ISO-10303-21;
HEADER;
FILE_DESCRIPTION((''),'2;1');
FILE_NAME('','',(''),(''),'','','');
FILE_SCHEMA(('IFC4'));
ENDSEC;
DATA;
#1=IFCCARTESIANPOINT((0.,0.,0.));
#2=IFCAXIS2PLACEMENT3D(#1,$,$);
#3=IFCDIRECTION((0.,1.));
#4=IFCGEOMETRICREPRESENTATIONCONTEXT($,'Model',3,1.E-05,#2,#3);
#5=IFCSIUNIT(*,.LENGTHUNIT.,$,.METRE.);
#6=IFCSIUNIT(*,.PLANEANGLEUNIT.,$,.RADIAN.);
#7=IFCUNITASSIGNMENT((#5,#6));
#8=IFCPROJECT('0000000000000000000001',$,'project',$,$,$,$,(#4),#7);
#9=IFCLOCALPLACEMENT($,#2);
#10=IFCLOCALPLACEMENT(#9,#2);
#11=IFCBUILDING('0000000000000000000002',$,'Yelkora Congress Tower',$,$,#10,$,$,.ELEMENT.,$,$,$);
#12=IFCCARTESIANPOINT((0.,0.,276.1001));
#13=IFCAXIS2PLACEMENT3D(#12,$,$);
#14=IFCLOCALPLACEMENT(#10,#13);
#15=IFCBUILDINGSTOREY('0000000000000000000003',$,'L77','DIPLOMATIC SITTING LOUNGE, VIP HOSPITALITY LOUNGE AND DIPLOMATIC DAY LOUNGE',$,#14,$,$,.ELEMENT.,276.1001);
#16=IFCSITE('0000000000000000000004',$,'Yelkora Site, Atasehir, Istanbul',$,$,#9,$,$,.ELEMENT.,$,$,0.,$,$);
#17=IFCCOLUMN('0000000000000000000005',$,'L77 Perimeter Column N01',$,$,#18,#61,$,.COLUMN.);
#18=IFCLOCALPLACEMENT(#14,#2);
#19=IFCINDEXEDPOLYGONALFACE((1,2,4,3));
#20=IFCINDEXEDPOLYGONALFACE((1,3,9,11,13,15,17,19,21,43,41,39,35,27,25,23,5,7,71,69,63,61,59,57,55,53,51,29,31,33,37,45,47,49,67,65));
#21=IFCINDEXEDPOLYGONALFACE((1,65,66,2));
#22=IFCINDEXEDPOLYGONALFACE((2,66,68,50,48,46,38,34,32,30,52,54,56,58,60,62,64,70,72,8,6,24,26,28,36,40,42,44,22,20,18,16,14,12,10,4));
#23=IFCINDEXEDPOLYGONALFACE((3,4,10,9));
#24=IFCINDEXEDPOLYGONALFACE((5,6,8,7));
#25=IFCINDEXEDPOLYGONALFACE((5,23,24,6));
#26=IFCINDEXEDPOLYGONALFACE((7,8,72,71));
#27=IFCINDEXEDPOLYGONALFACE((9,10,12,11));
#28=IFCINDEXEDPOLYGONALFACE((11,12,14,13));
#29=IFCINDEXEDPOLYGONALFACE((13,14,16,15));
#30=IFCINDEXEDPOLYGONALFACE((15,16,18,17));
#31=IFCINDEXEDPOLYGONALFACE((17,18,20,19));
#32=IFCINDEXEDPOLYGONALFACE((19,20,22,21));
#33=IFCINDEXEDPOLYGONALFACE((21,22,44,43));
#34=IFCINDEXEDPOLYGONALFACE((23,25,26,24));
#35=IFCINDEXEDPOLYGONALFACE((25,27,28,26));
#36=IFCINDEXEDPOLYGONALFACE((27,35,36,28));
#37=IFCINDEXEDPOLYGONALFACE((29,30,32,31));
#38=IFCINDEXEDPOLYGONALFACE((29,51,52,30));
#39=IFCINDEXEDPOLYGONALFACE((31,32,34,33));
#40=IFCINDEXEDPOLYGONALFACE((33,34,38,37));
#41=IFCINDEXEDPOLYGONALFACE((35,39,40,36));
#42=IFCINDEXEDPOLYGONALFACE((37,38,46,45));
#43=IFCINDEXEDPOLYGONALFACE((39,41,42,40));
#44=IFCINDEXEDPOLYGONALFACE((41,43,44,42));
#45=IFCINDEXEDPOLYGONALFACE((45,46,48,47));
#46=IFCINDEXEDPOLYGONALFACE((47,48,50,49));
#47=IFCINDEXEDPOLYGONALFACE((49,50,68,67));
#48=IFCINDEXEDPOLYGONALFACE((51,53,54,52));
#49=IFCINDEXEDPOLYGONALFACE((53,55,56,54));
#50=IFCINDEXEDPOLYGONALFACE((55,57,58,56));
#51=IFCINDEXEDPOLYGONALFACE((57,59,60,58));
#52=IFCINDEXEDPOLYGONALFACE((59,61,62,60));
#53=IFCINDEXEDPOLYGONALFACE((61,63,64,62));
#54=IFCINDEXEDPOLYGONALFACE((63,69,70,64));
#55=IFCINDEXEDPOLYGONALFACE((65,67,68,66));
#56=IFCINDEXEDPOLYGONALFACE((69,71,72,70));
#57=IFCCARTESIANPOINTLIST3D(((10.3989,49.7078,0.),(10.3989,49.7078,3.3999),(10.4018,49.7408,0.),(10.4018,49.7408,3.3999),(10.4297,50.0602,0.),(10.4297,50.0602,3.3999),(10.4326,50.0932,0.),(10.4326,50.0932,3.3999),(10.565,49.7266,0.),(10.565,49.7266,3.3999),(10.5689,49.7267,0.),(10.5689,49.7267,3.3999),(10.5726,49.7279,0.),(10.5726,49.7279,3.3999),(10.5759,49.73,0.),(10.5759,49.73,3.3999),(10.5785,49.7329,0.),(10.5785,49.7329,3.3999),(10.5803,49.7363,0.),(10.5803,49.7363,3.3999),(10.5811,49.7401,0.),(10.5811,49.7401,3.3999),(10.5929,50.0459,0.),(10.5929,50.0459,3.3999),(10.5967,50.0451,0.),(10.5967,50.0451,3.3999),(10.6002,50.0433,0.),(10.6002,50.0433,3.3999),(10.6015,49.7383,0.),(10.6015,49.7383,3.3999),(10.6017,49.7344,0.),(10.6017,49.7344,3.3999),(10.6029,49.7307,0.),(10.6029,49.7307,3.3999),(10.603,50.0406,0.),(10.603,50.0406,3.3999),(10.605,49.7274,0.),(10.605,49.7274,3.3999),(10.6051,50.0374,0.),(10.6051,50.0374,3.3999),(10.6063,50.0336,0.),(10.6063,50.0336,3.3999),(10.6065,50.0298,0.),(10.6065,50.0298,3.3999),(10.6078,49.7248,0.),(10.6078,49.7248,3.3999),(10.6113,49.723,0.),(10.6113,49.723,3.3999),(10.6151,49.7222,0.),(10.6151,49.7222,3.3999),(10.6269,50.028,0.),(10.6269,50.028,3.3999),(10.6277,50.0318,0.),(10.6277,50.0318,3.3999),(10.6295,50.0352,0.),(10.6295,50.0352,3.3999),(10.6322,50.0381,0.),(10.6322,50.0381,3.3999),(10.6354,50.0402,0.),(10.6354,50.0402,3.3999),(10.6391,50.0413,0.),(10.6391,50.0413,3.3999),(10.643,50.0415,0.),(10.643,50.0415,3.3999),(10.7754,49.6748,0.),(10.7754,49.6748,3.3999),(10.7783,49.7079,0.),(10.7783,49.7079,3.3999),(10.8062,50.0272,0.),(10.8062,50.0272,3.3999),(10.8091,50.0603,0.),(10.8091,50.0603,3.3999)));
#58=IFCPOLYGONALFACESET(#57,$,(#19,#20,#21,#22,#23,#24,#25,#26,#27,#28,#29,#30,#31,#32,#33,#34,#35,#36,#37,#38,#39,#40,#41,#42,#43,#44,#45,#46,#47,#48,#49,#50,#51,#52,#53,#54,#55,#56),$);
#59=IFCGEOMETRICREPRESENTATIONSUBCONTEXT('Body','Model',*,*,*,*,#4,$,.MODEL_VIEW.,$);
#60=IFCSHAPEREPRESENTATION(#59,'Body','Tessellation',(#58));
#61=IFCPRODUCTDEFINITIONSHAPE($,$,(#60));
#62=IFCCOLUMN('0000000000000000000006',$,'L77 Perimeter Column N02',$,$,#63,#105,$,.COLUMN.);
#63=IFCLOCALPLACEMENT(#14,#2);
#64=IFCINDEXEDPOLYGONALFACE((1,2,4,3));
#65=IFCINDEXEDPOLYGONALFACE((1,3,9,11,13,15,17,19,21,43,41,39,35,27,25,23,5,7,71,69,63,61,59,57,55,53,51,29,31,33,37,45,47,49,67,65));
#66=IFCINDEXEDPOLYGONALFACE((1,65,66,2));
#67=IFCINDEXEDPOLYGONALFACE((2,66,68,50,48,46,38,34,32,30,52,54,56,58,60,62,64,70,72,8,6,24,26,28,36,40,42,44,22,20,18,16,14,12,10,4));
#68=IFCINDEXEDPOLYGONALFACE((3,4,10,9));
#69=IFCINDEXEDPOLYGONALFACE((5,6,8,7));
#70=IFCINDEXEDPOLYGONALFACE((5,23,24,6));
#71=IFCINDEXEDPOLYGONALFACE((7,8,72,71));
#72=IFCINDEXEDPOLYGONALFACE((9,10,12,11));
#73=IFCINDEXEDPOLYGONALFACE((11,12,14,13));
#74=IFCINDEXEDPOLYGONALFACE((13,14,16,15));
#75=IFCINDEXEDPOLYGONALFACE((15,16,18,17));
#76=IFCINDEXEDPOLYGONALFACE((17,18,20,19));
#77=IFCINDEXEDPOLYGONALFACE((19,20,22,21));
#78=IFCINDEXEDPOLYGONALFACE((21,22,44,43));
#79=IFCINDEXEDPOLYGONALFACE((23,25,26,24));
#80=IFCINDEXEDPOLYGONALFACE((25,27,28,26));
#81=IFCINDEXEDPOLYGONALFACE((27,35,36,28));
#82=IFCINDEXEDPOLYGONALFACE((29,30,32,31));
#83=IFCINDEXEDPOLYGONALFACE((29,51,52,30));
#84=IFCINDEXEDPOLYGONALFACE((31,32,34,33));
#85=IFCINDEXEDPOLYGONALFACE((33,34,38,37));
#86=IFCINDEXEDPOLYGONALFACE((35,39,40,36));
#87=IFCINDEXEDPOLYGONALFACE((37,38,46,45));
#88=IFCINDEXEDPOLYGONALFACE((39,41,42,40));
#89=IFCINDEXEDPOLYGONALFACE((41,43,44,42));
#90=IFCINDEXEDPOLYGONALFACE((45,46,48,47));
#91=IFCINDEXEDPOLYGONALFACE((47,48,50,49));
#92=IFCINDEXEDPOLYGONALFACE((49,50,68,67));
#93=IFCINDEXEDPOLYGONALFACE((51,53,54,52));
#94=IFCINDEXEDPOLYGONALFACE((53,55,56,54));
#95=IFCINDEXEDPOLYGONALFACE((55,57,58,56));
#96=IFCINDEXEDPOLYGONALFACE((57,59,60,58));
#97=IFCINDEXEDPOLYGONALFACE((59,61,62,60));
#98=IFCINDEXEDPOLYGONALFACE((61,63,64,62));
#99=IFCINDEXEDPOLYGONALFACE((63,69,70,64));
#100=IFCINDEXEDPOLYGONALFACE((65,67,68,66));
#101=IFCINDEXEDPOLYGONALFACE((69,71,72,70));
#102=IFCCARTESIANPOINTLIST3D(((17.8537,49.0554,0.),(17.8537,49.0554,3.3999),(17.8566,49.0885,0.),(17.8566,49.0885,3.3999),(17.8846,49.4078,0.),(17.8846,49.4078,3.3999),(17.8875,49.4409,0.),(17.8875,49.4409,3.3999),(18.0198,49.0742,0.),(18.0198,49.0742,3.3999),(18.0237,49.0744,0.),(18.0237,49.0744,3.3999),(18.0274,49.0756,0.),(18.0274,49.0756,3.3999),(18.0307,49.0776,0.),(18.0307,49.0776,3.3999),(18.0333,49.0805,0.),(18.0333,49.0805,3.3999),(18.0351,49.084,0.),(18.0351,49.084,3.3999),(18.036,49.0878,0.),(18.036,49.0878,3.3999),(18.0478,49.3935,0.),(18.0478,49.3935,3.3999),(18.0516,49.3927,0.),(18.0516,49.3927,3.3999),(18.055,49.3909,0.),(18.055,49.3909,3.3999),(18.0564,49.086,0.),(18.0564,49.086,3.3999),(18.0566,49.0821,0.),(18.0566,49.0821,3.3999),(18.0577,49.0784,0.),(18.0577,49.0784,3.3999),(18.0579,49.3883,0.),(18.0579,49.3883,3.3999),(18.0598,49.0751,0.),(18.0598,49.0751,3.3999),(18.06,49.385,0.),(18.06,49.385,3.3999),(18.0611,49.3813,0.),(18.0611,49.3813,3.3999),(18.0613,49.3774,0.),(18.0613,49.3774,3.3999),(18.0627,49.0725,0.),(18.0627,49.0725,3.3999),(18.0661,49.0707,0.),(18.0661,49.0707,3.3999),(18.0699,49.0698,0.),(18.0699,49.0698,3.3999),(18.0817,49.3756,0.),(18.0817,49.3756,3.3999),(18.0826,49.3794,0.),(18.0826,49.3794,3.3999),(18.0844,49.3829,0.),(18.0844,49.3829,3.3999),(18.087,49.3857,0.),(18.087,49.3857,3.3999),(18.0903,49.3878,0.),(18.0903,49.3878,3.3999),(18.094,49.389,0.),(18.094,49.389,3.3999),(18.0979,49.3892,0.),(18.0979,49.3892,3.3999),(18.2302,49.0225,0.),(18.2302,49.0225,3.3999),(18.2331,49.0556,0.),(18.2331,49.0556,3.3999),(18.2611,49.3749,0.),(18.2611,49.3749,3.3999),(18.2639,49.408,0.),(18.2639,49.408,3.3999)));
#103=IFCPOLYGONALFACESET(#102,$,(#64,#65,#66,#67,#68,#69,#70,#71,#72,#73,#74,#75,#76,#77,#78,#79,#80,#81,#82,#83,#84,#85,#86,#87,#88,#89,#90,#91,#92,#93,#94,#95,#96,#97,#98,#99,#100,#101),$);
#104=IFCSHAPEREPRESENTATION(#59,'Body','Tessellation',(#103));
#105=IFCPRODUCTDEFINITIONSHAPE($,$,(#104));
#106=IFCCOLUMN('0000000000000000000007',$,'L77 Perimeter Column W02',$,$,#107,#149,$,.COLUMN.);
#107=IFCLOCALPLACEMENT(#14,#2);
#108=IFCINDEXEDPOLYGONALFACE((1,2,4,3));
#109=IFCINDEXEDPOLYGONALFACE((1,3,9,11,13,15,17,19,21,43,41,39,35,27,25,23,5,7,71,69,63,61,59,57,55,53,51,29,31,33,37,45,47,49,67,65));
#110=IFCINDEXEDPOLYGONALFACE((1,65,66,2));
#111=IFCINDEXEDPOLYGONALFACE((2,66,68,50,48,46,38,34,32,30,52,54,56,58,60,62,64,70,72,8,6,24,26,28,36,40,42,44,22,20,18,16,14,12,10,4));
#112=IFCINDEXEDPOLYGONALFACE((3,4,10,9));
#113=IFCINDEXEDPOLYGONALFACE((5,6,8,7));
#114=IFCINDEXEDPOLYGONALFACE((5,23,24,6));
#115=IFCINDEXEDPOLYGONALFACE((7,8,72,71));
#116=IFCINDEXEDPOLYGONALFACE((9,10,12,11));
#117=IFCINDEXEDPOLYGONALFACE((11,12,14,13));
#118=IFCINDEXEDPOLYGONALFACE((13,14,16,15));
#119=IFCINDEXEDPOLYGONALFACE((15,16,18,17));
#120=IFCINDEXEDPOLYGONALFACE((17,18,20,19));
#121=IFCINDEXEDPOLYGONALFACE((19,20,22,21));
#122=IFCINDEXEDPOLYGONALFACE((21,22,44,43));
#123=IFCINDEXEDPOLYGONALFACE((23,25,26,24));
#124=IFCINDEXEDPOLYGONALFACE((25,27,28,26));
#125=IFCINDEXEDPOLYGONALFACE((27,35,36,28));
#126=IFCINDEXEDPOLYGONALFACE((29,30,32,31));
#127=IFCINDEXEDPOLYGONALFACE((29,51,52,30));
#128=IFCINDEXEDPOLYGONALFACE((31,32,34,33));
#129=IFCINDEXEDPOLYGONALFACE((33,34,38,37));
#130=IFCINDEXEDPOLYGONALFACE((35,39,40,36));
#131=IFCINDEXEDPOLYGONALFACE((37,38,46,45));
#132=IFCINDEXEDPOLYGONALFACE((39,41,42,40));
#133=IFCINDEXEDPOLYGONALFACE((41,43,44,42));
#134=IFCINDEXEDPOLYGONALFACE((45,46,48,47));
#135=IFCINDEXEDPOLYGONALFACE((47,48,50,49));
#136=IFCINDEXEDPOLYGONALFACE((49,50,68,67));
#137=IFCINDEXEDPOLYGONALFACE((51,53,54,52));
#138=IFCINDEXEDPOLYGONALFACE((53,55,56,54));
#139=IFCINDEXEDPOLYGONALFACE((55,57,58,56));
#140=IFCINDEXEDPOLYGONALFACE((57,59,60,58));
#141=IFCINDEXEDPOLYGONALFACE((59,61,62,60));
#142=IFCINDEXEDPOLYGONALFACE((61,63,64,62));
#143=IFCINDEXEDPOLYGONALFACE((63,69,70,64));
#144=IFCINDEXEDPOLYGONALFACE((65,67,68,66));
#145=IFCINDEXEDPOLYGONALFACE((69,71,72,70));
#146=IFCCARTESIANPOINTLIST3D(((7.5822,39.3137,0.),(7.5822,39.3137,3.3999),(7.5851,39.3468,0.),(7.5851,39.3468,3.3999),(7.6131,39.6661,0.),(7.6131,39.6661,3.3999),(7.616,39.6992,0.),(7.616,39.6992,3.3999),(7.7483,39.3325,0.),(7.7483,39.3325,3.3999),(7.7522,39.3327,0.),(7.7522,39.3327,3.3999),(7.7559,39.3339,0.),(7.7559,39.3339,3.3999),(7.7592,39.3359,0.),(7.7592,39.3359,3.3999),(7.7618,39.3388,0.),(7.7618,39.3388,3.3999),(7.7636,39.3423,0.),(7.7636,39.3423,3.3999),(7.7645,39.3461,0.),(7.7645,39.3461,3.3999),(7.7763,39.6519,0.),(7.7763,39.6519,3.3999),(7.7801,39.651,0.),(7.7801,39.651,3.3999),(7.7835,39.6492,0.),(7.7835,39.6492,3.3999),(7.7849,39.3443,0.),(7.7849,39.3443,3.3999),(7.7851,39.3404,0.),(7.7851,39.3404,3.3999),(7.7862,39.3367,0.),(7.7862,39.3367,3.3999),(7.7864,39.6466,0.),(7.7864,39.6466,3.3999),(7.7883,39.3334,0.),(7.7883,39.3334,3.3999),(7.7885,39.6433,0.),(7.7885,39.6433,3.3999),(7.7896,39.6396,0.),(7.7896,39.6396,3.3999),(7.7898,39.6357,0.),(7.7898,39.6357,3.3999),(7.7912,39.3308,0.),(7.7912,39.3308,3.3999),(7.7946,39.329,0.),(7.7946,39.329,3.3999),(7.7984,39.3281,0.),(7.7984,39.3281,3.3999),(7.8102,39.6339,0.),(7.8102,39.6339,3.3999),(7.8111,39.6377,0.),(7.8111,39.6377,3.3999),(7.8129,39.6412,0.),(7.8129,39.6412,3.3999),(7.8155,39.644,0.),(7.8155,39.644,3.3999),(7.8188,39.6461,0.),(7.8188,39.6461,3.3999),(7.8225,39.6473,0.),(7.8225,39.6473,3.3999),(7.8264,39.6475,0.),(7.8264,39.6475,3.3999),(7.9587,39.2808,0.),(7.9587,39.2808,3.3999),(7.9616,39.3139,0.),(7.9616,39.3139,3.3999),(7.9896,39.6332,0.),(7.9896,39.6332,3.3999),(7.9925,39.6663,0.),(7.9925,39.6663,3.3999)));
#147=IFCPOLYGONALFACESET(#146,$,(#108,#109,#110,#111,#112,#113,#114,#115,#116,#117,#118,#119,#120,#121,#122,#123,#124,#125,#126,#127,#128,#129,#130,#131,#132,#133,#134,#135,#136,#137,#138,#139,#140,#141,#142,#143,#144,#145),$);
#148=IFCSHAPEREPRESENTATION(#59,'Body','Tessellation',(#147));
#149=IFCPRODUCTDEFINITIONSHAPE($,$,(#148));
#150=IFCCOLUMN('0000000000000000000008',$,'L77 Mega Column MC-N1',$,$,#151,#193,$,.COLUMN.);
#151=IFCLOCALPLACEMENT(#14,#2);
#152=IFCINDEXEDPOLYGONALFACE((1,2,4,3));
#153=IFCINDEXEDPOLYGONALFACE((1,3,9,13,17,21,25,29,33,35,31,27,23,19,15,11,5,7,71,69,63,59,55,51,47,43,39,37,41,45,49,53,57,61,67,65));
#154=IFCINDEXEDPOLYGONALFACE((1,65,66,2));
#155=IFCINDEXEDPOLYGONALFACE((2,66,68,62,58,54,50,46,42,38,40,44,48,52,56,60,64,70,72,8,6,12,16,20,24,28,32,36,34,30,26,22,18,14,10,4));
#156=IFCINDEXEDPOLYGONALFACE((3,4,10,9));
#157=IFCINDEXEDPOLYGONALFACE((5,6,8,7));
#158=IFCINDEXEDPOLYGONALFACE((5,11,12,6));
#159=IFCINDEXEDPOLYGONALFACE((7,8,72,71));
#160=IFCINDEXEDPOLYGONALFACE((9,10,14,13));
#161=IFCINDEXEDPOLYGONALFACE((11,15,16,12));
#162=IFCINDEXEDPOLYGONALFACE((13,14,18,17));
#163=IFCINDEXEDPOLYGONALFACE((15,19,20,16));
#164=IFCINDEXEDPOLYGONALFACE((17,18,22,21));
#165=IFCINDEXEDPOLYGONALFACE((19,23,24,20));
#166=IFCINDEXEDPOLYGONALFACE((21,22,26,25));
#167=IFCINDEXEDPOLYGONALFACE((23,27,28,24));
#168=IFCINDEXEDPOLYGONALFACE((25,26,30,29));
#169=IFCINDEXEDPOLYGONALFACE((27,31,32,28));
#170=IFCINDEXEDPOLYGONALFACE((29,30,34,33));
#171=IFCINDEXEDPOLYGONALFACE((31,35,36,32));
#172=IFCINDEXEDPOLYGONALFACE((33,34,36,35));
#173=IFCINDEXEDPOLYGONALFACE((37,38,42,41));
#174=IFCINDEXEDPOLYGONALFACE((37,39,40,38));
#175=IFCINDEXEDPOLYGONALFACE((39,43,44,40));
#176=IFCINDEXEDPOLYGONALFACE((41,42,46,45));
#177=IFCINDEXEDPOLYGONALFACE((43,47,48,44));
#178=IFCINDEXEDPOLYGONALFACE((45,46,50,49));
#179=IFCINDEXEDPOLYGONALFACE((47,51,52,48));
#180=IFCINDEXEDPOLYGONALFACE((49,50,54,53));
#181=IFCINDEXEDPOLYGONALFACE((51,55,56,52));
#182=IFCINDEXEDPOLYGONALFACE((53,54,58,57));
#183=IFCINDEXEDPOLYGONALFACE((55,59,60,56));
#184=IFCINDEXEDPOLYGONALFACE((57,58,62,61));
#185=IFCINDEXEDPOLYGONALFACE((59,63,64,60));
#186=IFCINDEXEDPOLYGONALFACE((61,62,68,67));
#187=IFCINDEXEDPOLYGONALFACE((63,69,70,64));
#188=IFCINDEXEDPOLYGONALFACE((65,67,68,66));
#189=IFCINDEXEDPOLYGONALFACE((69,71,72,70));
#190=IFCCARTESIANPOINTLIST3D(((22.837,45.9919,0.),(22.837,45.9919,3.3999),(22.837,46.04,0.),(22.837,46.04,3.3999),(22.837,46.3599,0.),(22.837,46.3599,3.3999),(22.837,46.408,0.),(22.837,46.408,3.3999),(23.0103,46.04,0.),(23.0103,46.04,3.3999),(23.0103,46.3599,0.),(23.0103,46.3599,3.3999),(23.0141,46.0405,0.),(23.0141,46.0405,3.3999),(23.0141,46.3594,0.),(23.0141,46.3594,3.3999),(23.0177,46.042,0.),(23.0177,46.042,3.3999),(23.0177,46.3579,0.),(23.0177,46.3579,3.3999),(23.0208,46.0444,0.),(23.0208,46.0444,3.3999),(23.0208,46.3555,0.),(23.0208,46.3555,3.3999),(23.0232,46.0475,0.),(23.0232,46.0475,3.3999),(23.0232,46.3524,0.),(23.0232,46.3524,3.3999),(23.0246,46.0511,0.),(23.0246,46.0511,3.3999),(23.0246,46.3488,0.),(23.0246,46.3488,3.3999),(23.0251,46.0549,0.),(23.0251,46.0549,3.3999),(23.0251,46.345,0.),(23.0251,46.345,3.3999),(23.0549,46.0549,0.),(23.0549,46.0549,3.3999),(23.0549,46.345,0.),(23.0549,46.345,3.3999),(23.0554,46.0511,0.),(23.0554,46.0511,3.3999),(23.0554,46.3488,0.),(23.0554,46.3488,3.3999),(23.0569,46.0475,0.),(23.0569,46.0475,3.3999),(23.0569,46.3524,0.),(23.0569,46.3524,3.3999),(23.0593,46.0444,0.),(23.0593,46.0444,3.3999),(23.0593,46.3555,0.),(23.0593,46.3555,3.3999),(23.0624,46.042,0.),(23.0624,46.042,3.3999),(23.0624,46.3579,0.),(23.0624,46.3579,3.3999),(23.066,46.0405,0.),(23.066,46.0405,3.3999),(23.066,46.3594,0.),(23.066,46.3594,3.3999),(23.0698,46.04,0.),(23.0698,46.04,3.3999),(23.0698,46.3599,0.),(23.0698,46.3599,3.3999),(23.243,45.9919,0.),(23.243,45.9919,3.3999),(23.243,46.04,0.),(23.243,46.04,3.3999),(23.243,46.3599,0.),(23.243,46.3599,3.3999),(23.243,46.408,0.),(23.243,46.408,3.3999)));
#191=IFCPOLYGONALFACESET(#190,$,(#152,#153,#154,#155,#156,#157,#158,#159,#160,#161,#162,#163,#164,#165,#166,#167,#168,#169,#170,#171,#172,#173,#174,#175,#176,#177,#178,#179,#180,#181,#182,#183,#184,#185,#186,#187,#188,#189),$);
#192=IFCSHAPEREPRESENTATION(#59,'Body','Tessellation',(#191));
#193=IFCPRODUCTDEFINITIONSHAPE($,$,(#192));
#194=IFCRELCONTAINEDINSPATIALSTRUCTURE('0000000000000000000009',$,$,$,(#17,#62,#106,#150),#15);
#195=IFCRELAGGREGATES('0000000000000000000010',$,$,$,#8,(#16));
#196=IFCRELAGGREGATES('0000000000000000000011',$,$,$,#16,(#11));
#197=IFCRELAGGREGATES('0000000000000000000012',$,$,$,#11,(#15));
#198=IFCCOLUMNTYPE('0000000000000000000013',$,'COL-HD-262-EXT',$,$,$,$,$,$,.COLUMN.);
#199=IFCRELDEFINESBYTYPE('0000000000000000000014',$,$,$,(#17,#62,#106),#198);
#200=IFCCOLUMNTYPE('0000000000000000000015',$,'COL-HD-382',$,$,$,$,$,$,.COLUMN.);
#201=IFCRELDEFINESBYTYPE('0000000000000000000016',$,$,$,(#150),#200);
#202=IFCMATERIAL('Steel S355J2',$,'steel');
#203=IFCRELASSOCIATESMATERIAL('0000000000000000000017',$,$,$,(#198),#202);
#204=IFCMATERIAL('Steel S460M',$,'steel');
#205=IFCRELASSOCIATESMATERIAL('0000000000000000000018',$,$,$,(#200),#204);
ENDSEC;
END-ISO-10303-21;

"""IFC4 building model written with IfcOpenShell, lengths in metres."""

from ifc_helpers import new_model, si_unit, direction, frame, origin, origin_2d, place, context, subcontext, project, spatial, i_section, extrude, material, material_profile, profile_set, type_object, element, save


model = new_model("IFC4")

# Units and contexts
model_context = context("Model", 3, precision=1e-05, world=origin(), true_north=direction((0.0, 1.0)))
body_context = subcontext(model_context, "Body", "Model", "MODEL_VIEW")
ifc_project = project(units=[si_unit("LENGTHUNIT", "METRE"), si_unit("PLANEANGLEUNIT", "RADIAN")], contexts=[model_context])

# Site, building, storey
site_placement = place(None, origin())
site = spatial("IfcSite", under=ifc_project, at=site_placement, Name="Yelkora Site, Atasehir, Istanbul", CompositionType="ELEMENT", RefElevation=0.0)
building_placement = place(site_placement, origin())
building = spatial("IfcBuilding", under=site, at=building_placement, Name="Yelkora Congress Tower", CompositionType="ELEMENT")
storey_placement = place(building_placement, frame((0.0, 0.0, 276.1001)))
storey = spatial("IfcBuildingStorey", under=building, at=storey_placement, Name="L77", Description="DIPLOMATIC SITTING LOUNGE, VIP HOSPITALITY LOUNGE AND DIPLOMATIC DAY LOUNGE", CompositionType="ELEMENT", Elevation=276.1001)

# Columns
ifc_material_1 = material(Name="Steel S355J2", Category="steel")
ifc_material_profile_1 = material_profile(ifc_material_1, i_section(OverallWidth=0.3779, OverallDepth=0.387, WebThickness=0.0205, FlangeThickness=0.0332, FilletRadius=0.0149, at=origin_2d()), Name="HD 360x262")
ifc_profile_set_1 = profile_set([ifc_material_profile_1], Name="Steel S355J2")
column_type_1 = type_object("IfcColumnType", Name="COL-HD-262-EXT", PredefinedType="COLUMN", material=ifc_profile_set_1)
for number, where, z_axis, x_axis, name in (
    (1, (10.604, 49.884, 0.0), (0.0, 0.0, 1.0), (0.996195, -0.087156, 0.0), "L77 Perimeter Column N01"),
    (2, (18.0588, 49.2317, 0.0), (0.0, 0.0, 1.0), (0.996195, -0.087156, 0.0), "L77 Perimeter Column N02"),
    (3, (7.7874, 39.49, 0.0), (0.0, 0.0, 1.0), (0.996195, -0.087156, 0.0), "L77 Perimeter Column W02"),
):
    element("IfcColumn", number, at=place(storey_placement, frame(where, z_axis=z_axis, x_axis=x_axis)), inside=storey, type_object=column_type_1, Name=name, PredefinedType="COLUMN", context=body_context, shape_type="SweptSolid", body=[
        extrude(i_section(OverallWidth=0.3779, OverallDepth=0.387, WebThickness=0.0205, FlangeThickness=0.0332, FilletRadius=0.0149, at=origin_2d()), origin(), (0.0, 0.0, 1.0), 3.3999),
    ])
ifc_material_2 = material(Name="Steel S460M", Category="steel")
ifc_material_profile_2 = material_profile(ifc_material_2, i_section(OverallWidth=0.406, OverallDepth=0.416, WebThickness=0.0298, FlangeThickness=0.0481, FilletRadius=0.0149, at=origin_2d()), Name="HD 400x382")
ifc_profile_set_2 = profile_set([ifc_material_profile_2], Name="Steel S460M")
column_type_2 = type_object("IfcColumnType", Name="COL-HD-382", PredefinedType="COLUMN", material=ifc_profile_set_2)
column_placement = place(storey_placement, frame((23.04, 46.2, 0.0), z_axis=(0.0, 0.0, 1.0), x_axis=(1.0, 0.0, 0.0)))
element("IfcColumn", 4, at=column_placement, inside=storey, type_object=column_type_2, Name="L77 Mega Column MC-N1", PredefinedType="COLUMN", context=body_context, shape_type="SweptSolid", body=[
    extrude(i_section(OverallWidth=0.406, OverallDepth=0.416, WebThickness=0.0298, FlangeThickness=0.0481, FilletRadius=0.0149, at=origin_2d()), origin(), (0.0, 0.0, 1.0), 3.3999),
])

save(model, "model.ifc")
